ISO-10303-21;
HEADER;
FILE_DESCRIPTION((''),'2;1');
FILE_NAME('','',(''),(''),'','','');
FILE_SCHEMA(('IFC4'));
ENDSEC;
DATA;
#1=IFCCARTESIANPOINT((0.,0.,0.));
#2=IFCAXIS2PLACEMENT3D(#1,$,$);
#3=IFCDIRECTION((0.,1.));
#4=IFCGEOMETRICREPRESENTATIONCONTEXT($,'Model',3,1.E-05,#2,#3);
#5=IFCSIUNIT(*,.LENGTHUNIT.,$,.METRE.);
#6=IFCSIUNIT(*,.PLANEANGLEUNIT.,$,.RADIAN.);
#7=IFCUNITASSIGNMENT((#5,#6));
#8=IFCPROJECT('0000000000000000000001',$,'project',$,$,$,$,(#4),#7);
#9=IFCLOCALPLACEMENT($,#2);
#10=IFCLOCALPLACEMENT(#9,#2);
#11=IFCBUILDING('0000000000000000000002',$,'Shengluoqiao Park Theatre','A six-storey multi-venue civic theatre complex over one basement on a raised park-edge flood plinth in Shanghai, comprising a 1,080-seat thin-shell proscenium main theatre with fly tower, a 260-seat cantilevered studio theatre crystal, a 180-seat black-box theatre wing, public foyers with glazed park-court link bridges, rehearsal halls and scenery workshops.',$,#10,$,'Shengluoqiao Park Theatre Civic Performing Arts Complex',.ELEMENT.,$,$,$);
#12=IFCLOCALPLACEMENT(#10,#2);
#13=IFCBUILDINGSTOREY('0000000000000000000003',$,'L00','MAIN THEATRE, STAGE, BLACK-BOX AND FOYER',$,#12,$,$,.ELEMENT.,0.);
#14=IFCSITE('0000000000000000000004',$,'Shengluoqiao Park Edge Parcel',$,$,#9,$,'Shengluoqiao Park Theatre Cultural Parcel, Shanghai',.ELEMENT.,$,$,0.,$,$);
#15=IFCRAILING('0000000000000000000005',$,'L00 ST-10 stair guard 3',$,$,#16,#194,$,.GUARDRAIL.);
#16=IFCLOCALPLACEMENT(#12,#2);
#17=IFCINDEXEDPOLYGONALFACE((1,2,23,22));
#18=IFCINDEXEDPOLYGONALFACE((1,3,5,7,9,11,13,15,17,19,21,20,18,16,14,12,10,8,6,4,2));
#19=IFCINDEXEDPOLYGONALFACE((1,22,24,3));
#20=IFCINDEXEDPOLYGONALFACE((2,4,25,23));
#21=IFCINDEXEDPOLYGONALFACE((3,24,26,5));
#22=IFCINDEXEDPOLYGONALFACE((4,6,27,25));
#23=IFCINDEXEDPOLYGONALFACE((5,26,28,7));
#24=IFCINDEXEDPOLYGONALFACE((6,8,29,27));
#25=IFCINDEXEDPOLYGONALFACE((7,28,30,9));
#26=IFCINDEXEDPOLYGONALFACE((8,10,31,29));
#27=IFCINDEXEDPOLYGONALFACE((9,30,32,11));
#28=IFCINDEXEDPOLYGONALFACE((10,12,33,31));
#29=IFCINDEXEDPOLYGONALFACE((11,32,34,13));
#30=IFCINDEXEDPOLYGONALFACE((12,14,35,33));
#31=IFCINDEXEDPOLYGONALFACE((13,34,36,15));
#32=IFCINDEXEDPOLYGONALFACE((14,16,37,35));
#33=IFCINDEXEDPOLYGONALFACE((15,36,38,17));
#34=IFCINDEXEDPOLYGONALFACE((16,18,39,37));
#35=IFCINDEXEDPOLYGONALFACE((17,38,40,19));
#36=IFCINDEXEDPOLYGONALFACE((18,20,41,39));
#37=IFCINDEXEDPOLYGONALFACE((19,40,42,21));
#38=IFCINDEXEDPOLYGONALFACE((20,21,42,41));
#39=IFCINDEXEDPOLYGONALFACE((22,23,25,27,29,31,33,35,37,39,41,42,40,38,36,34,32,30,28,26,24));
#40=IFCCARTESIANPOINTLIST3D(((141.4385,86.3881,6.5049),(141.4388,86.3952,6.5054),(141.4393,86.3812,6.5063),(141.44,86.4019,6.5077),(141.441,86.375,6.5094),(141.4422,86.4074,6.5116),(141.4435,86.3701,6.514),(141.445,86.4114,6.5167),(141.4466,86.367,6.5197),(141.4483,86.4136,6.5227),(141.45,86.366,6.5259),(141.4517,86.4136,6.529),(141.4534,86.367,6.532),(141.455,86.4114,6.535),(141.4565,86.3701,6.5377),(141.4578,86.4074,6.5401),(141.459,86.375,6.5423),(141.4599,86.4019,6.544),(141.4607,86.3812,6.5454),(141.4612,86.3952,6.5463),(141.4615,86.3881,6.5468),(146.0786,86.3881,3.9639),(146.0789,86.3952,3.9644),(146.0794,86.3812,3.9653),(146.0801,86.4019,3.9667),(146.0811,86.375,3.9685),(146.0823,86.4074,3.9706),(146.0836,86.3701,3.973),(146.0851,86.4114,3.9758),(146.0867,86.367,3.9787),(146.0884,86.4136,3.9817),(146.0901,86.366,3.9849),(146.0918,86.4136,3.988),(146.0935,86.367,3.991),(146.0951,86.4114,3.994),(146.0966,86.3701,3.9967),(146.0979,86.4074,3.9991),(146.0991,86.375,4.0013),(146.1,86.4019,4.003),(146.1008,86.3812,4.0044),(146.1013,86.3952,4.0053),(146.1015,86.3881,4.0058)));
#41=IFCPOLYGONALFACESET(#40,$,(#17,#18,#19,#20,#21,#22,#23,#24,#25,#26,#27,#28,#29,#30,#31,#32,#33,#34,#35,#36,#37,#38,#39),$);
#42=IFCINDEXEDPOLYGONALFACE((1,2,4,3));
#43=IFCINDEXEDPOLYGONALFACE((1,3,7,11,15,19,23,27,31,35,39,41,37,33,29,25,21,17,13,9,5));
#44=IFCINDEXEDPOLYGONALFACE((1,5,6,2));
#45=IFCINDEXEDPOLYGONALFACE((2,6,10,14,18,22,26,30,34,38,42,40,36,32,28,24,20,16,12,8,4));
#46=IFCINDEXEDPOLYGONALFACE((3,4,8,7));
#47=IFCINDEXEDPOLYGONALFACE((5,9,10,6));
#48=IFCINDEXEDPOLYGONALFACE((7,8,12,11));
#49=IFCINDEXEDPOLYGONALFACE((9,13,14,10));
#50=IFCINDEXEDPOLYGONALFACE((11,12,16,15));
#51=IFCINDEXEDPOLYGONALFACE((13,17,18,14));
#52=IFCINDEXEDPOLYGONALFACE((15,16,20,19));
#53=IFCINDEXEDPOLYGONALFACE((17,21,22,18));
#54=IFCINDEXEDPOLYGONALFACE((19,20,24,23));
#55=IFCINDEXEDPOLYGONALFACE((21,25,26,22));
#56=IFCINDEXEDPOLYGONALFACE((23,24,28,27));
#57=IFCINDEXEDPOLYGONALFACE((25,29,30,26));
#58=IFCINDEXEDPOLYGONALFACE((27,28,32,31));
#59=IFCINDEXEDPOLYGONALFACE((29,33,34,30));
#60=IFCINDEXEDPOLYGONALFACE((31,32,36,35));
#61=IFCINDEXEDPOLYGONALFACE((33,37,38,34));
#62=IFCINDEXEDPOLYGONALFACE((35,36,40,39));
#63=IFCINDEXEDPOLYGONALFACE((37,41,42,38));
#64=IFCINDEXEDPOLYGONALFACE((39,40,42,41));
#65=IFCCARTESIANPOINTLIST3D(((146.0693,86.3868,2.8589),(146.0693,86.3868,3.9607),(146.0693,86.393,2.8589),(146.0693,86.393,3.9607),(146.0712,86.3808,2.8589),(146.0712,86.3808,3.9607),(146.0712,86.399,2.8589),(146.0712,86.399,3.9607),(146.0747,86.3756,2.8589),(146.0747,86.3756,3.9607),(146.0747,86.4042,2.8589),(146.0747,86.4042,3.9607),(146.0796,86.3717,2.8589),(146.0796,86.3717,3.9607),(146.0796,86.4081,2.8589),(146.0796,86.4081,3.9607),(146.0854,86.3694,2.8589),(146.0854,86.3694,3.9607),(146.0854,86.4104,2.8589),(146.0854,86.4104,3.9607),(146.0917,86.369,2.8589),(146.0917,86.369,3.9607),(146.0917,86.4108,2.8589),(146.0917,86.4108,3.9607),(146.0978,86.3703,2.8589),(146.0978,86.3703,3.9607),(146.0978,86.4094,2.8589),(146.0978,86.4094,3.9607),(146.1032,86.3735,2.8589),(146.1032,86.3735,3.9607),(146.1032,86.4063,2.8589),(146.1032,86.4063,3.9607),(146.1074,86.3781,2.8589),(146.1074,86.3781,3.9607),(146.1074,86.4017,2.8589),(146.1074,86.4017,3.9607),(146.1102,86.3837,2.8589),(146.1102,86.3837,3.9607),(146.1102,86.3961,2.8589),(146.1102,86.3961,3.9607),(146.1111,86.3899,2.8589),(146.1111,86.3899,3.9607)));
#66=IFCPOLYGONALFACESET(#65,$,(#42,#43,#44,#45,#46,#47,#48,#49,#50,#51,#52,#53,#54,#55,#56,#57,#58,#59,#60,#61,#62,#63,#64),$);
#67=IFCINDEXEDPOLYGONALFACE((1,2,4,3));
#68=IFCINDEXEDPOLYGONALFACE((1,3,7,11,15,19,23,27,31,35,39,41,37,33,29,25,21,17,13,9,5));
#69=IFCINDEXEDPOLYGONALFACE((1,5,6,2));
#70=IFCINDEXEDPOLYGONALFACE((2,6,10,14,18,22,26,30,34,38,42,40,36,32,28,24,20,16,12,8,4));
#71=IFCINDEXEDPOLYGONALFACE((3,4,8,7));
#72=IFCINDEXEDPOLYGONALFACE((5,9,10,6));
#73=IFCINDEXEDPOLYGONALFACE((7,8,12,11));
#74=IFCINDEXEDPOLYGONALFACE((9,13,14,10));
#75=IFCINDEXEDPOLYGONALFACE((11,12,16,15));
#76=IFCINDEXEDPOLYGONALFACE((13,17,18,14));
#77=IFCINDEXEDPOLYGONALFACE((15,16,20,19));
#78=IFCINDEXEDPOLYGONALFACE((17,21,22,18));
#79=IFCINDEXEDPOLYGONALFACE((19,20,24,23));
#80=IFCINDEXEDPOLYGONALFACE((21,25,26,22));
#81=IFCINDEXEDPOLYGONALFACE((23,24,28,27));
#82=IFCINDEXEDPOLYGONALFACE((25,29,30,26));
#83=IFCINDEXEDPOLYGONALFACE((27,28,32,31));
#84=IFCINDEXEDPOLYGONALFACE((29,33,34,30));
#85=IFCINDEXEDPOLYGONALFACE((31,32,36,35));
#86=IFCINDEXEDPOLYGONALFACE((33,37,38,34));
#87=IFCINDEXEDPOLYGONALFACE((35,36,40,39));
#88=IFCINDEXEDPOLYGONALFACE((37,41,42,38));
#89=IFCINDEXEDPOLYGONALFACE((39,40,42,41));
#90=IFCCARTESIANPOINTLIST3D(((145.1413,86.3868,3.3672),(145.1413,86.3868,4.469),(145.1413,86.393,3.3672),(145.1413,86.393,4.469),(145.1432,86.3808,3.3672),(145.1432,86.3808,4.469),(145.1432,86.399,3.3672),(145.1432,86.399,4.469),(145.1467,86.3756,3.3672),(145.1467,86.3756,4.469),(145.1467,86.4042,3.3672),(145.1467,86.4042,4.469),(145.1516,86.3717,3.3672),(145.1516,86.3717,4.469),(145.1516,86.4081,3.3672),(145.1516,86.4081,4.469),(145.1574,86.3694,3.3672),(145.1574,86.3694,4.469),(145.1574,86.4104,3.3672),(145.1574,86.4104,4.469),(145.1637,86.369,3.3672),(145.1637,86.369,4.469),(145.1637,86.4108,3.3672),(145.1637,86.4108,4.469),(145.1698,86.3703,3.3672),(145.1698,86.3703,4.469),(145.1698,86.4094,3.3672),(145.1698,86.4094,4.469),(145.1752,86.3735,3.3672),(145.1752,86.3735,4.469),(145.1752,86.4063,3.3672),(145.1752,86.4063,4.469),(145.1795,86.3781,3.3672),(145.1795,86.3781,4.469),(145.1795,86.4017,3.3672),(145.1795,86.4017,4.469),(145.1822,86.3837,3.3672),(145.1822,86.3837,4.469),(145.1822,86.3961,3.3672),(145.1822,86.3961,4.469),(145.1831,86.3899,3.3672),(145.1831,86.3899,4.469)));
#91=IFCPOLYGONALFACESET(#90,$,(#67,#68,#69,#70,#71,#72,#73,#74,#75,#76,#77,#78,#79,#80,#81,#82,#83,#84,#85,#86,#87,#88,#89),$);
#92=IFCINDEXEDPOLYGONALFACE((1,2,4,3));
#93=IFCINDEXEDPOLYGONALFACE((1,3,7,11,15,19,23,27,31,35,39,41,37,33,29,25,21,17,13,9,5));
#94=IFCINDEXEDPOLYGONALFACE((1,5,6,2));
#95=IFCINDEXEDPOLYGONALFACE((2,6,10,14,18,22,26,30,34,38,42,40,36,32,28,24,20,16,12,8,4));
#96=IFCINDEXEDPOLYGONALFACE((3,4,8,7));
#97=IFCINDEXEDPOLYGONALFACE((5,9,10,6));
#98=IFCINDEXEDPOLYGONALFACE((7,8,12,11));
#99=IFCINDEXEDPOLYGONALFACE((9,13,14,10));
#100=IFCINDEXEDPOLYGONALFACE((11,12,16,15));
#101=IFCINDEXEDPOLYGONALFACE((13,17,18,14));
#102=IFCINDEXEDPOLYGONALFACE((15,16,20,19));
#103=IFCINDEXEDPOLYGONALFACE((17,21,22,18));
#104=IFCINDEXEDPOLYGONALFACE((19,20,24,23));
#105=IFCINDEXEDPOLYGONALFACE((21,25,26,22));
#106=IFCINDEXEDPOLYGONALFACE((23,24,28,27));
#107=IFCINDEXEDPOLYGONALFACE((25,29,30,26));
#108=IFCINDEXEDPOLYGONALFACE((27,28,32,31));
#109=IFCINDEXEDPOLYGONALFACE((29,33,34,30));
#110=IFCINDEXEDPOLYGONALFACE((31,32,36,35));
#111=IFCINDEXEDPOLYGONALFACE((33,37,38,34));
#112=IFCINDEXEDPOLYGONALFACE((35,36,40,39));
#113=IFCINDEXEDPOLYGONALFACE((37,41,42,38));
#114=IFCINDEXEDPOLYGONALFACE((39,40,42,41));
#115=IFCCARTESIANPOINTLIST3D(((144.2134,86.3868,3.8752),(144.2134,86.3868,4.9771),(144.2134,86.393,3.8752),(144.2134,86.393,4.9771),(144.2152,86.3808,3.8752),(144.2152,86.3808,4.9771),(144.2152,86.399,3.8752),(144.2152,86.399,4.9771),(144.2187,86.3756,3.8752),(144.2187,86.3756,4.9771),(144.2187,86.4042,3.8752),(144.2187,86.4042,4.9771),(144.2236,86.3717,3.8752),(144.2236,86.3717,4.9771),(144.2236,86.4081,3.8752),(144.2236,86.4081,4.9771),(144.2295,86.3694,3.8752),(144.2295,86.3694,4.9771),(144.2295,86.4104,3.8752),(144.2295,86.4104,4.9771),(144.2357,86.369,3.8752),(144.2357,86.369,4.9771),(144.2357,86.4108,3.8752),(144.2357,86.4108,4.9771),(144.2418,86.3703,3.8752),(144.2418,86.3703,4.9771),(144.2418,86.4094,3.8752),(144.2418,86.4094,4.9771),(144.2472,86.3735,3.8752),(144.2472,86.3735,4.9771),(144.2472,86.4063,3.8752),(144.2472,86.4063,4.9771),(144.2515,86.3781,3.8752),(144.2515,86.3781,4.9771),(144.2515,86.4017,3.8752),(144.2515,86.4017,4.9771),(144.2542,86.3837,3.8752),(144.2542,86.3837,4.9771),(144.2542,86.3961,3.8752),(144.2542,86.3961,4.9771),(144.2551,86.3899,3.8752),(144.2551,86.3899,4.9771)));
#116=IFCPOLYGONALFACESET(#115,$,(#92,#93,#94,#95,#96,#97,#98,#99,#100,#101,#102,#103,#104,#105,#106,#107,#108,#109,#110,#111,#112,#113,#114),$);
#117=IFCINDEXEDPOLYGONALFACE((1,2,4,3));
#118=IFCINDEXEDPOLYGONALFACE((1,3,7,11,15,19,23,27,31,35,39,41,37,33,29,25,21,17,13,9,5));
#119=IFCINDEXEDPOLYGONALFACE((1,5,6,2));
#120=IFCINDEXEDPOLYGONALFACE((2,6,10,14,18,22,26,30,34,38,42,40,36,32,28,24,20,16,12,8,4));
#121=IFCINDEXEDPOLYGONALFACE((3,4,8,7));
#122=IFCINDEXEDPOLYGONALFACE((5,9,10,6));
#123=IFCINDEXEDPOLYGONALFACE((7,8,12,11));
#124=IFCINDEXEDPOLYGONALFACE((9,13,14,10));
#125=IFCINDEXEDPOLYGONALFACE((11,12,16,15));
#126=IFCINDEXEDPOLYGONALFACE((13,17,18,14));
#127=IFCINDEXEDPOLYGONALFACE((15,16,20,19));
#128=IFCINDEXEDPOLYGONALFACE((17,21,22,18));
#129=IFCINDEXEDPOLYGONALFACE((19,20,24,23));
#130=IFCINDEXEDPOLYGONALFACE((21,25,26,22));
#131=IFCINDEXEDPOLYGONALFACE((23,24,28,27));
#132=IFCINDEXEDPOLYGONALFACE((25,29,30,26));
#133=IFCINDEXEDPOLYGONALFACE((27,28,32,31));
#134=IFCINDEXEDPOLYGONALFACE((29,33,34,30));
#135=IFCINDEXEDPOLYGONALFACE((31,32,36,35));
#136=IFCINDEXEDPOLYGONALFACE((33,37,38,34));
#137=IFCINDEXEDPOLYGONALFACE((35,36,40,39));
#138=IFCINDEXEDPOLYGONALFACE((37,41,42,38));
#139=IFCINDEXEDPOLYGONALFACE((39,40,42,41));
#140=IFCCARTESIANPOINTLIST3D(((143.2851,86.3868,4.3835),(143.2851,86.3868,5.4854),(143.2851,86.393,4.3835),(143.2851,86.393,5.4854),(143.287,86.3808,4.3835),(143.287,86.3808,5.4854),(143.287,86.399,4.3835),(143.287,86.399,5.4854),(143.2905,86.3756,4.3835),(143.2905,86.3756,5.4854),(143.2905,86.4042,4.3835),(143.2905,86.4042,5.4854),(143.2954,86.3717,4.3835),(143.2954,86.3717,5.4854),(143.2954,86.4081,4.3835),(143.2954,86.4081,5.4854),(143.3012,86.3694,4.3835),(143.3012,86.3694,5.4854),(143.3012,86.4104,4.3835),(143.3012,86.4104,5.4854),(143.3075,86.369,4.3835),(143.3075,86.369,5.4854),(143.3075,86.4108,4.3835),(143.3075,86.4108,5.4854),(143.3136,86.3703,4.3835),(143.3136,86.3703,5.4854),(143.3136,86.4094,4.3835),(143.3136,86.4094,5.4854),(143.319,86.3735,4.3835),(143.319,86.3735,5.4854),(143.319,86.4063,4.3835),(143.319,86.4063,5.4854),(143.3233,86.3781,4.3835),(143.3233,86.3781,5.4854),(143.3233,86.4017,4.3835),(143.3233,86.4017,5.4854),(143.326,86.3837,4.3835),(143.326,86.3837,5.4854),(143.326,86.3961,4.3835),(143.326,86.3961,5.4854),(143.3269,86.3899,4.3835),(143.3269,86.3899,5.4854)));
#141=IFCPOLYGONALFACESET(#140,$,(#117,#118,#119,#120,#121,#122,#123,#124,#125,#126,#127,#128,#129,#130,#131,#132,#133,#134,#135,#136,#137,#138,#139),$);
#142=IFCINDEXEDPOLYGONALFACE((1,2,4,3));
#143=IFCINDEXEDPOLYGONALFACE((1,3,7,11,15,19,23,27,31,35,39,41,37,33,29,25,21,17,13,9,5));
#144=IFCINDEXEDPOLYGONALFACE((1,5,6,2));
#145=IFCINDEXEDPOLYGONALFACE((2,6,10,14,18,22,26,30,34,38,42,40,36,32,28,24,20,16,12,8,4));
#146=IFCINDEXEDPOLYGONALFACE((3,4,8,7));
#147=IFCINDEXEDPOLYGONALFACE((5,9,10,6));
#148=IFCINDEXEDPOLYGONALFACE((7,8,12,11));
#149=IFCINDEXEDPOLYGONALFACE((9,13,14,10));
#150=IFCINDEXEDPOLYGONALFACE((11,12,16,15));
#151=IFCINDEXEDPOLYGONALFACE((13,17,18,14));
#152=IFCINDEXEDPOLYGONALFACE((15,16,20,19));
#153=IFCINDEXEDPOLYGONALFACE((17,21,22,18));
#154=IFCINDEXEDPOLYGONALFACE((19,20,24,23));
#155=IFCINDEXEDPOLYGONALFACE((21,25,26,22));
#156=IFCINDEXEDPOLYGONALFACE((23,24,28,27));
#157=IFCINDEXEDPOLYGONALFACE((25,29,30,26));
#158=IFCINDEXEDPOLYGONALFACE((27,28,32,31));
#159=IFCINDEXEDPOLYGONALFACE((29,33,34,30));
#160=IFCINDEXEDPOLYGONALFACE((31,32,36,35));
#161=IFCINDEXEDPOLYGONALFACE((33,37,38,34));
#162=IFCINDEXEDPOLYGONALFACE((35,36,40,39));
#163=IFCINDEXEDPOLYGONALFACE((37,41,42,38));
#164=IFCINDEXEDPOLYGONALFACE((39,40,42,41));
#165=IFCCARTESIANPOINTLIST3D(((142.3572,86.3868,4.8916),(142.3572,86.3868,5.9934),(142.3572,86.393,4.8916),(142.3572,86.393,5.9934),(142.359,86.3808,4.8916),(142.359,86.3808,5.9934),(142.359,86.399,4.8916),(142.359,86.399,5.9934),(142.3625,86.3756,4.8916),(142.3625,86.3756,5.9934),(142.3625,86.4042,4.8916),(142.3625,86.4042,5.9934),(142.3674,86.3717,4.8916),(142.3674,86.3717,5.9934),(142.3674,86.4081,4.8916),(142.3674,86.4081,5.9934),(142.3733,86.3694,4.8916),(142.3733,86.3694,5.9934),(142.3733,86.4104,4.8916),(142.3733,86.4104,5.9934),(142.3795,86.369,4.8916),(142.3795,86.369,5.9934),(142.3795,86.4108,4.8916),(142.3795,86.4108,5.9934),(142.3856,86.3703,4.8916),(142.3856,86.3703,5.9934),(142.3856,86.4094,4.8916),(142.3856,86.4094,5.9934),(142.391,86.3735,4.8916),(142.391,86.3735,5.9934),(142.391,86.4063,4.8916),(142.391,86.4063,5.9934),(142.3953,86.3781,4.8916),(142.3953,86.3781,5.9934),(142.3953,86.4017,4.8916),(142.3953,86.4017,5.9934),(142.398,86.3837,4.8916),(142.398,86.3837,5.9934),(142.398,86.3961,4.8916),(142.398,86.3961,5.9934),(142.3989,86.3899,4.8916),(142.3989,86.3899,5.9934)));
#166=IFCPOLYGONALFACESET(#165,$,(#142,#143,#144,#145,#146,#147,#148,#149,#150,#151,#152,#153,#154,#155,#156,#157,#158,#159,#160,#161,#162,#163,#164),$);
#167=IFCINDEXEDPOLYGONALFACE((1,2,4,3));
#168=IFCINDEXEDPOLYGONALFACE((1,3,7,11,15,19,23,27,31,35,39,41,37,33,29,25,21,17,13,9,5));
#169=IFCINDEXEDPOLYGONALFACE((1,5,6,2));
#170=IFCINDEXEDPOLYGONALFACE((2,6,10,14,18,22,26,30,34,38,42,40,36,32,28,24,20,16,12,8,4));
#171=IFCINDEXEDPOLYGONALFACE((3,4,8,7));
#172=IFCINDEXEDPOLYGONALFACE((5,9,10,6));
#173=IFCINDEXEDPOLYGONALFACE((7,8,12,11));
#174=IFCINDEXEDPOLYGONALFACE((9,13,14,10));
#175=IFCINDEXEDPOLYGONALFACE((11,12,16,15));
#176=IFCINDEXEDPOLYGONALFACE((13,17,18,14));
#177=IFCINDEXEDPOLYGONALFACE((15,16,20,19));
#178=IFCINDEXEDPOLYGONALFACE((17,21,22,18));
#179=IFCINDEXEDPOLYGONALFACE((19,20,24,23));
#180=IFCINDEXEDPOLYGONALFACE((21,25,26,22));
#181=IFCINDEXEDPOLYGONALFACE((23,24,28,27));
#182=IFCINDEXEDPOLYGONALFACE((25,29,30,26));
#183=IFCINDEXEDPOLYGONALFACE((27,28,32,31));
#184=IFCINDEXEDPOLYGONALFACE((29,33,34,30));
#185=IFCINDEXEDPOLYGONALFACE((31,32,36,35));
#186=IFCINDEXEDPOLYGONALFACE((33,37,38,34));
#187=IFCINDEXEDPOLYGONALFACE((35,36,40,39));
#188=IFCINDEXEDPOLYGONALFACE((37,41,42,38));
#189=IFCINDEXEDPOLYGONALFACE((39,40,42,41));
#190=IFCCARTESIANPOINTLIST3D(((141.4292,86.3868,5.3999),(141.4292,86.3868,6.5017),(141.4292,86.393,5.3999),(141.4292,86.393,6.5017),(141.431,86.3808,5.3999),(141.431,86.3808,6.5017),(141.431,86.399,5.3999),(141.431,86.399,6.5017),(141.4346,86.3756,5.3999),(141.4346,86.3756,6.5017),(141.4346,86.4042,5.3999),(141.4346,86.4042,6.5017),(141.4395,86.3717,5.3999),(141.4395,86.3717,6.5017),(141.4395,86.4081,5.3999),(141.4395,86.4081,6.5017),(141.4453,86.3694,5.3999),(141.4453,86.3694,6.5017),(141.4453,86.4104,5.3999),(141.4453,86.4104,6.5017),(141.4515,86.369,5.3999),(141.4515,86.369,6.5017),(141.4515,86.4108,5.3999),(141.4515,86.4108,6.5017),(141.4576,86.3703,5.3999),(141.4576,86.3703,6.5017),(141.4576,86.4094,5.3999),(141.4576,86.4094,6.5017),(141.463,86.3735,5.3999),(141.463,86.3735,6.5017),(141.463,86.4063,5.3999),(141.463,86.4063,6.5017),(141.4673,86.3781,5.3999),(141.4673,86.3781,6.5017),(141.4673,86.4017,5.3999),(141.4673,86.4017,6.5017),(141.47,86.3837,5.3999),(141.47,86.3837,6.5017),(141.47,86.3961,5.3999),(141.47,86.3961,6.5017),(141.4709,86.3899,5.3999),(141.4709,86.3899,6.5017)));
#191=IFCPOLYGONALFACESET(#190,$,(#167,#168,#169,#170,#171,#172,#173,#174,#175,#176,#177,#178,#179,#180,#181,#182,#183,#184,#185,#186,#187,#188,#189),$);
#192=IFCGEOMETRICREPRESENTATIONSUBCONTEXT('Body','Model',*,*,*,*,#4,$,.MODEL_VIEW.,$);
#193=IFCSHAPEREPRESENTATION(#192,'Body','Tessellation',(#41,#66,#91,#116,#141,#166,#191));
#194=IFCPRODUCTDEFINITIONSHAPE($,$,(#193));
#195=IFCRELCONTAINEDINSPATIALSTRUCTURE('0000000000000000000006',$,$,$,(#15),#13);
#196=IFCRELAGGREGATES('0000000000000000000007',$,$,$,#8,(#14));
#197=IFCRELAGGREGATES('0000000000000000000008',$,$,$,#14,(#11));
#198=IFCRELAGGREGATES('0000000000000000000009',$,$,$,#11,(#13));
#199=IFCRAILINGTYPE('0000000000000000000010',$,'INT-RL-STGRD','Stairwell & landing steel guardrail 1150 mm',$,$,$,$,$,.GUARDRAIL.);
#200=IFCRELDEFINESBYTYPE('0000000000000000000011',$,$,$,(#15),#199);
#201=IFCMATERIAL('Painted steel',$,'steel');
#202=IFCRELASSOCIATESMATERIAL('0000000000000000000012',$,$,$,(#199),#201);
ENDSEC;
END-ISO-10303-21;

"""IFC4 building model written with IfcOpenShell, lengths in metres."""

from ifc_helpers import new_model, si_unit, direction, frame, origin, origin_2d, place, context, subcontext, project, spatial, circle, extrude, material, type_object, element, save


model = new_model("IFC4")

# Units and contexts
model_context = context("Model", 3, precision=1e-05, world=origin(), true_north=direction((0.0, 1.0)))
body_context = subcontext(model_context, "Body", "Model", "MODEL_VIEW")
ifc_project = project(units=[si_unit("LENGTHUNIT", "METRE"), si_unit("PLANEANGLEUNIT", "RADIAN")], contexts=[model_context])

# Site, building, storey
site_placement = place(None, origin())
site = spatial("IfcSite", under=ifc_project, at=site_placement, Name="Shengluoqiao Park Edge Parcel", LongName="Shengluoqiao Park Theatre Cultural Parcel, Shanghai", CompositionType="ELEMENT", RefElevation=0.0)
building_placement = place(site_placement, origin())
building = spatial("IfcBuilding", under=site, at=building_placement, Name="Shengluoqiao Park Theatre", Description="A six-storey multi-venue civic theatre complex over one basement on a raised park-edge flood plinth in Shanghai, comprising a 1,080-seat thin-shell proscenium main theatre with fly tower, a 260-seat cantilevered studio theatre crystal, a 180-seat black-box theatre wing, public foyers with glazed park-court link bridges, rehearsal halls and scenery workshops.", LongName="Shengluoqiao Park Theatre Civic Performing Arts Complex", CompositionType="ELEMENT")
storey_placement = place(building_placement, origin())
storey = spatial("IfcBuildingStorey", under=building, at=storey_placement, Name="L00", Description="MAIN THEATRE, STAGE, BLACK-BOX AND FOYER", CompositionType="ELEMENT", Elevation=0.0)

# Railing
ifc_material_1 = material(Name="Painted steel", Category="steel")
railing_type_1 = type_object("IfcRailingType", Name="INT-RL-STGRD", Description="Stairwell & landing steel guardrail 1150 mm", PredefinedType="GUARDRAIL", material=ifc_material_1)
railing_1_placement = place(storey_placement, frame((146.0901, 86.3899, 2.8589)))
element("IfcRailing", 1, at=railing_1_placement, inside=storey, type_object=railing_type_1, Name="L00 ST-10 stair guard 3", PredefinedType="GUARDRAIL", context=body_context, shape_type="SweptSolid", body=[
    extrude(circle(Radius=0.0239, at=origin_2d()), frame((0.0, 0.0, 1.126), z_axis=(-0.877097, 0.0, 0.480313), x_axis=(0.0, -1.0, 0.0)), (0.0, 0.0, 1.0), 5.2903),
    extrude(circle(Radius=0.021, at=origin_2d()), origin(), (0.0, 0.0, 1.0), 1.1018),
    extrude(circle(Radius=0.021, at=origin_2d()), frame((-0.928, 0.0, 0.5083)), (0.0, 0.0, 1.0), 1.1018),
    extrude(circle(Radius=0.021, at=origin_2d()), frame((-1.856, 0.0, 1.0164)), (0.0, 0.0, 1.0), 1.1018),
    extrude(circle(Radius=0.021, at=origin_2d()), frame((-2.7842, 0.0, 1.5247)), (0.0, 0.0, 1.0), 1.1018),
    extrude(circle(Radius=0.021, at=origin_2d()), frame((-3.7122, 0.0, 2.0327)), (0.0, 0.0, 1.0), 1.1018),
    extrude(circle(Radius=0.021, at=origin_2d()), frame((-4.6401, 0.0, 2.541)), (0.0, 0.0, 1.0), 1.1018),
])

save(model, "model.ifc")
